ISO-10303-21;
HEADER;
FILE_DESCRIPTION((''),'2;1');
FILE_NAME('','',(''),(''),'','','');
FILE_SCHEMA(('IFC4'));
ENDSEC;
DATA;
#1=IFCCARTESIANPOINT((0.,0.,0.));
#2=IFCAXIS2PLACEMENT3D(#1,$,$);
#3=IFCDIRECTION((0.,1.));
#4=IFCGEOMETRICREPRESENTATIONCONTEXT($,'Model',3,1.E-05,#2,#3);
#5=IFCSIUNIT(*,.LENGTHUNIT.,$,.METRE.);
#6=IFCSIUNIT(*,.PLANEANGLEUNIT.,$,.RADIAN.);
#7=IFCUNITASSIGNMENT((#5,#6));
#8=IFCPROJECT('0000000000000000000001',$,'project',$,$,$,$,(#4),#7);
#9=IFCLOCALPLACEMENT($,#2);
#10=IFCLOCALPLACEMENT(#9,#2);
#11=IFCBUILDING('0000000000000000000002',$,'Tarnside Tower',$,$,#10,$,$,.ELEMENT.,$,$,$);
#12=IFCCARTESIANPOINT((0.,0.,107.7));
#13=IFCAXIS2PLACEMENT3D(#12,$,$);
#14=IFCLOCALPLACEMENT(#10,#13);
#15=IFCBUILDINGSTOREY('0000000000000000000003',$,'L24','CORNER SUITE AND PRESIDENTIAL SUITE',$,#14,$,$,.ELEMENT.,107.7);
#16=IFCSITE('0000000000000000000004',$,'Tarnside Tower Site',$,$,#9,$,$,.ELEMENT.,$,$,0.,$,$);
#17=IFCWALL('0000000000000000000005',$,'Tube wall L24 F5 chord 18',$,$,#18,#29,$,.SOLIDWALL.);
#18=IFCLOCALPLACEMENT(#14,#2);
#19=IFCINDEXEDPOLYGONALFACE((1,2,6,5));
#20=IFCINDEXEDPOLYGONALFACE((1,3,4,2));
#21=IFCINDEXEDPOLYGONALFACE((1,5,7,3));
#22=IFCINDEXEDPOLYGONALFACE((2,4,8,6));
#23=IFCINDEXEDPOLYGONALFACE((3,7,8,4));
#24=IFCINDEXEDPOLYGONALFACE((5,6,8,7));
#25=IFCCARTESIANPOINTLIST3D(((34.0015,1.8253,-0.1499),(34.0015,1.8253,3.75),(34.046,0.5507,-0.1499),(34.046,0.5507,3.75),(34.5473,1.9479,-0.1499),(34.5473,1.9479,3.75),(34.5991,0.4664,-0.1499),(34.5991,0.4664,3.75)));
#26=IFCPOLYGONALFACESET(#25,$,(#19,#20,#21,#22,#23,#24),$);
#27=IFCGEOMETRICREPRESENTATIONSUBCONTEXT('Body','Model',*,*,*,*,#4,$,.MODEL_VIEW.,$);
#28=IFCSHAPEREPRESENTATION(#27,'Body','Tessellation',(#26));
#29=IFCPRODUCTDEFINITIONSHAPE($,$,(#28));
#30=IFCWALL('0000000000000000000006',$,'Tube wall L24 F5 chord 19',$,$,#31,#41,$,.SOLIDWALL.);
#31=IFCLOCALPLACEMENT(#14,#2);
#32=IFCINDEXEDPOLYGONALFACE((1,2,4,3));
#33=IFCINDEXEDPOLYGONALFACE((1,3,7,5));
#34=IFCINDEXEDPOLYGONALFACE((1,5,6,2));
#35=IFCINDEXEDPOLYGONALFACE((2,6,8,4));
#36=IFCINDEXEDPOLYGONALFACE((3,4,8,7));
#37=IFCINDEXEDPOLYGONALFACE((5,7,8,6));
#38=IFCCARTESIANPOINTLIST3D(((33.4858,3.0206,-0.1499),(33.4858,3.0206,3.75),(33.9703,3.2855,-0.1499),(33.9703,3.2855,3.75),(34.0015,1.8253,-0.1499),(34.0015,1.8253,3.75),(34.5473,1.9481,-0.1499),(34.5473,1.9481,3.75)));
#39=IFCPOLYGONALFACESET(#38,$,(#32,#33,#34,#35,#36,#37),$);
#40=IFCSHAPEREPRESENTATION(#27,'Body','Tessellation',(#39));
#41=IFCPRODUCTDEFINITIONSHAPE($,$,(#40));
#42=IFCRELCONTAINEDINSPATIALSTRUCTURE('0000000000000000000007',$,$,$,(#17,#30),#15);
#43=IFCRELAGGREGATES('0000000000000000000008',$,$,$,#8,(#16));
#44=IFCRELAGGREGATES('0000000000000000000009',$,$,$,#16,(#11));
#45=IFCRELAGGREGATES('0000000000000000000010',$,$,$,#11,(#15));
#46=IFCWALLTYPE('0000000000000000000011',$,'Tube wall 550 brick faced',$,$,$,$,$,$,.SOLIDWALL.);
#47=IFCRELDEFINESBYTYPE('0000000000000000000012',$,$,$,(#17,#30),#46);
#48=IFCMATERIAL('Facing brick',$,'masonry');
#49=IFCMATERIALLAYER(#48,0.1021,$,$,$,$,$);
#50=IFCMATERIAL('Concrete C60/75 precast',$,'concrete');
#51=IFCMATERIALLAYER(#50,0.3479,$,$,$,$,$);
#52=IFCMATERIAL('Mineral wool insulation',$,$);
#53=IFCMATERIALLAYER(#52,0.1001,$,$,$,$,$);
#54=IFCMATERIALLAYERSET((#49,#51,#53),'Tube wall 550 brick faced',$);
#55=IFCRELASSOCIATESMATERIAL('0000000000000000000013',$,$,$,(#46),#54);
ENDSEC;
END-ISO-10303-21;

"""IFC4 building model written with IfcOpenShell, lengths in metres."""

from ifc_helpers import new_model, si_unit, direction, frame, origin, place, context, subcontext, project, spatial, polyline, outline, extrude, material, layer, layer_set, type_object, element, save


model = new_model("IFC4")

# Units and contexts
model_context = context("Model", 3, precision=1e-05, world=origin(), true_north=direction((0.0, 1.0)))
body_context = subcontext(model_context, "Body", "Model", "MODEL_VIEW")
ifc_project = project(units=[si_unit("LENGTHUNIT", "METRE"), si_unit("PLANEANGLEUNIT", "RADIAN")], contexts=[model_context])

# Site, building, storey
site_placement = place(None, origin())
site = spatial("IfcSite", under=ifc_project, at=site_placement, Name="Tarnside Tower Site", CompositionType="ELEMENT", RefElevation=0.0)
building_placement = place(site_placement, origin())
building = spatial("IfcBuilding", under=site, at=building_placement, Name="Tarnside Tower", CompositionType="ELEMENT")
storey_placement = place(building_placement, frame((0.0, 0.0, 107.7)))
storey = spatial("IfcBuildingStorey", under=building, at=storey_placement, Name="L24", Description="CORNER SUITE AND PRESIDENTIAL SUITE", CompositionType="ELEMENT", Elevation=107.7)

# Walls
ifc_material_1 = material(Name="Facing brick", Category="masonry")
ifc_layer_1 = layer(ifc_material_1, 0.1021)
ifc_material_2 = material(Name="Concrete C60/75 precast", Category="concrete")
ifc_layer_2 = layer(ifc_material_2, 0.3479)
ifc_material_3 = material(Name="Mineral wool insulation")
ifc_layer_3 = layer(ifc_material_3, 0.1001)
ifc_layer_set_1 = layer_set([ifc_layer_1, ifc_layer_2, ifc_layer_3], Name="Tube wall 550 brick faced")
wall_type_1 = type_object("IfcWallType", Name="Tube wall 550 brick faced", PredefinedType="SOLIDWALL", material=ifc_layer_set_1)
wall_1_placement = place(storey_placement, frame((34.3225, 0.5085, -0.1499), z_axis=(0.0, 0.0, 1.0), x_axis=(-0.034877, 0.999392, 0.0)))
element("IfcWall", 1, at=wall_1_placement, inside=storey, type_object=wall_type_1, Name="Tube wall L24 F5 chord 18", PredefinedType="SOLIDWALL", context=body_context, shape_type="SweptSolid", body=[
    extrude(outline(polyline([(-0.0518, -0.2749), (1.4307, -0.2749), (1.3271, 0.2749), (0.0518, 0.2749), (-0.0518, -0.2749)])), origin(), (0.0, 0.0, 1.0), 3.8999),
])
wall_2_placement = place(storey_placement, frame((34.2744, 1.8867, -0.1499), z_axis=(0.0, 0.0, 1.0), x_axis=(-0.396161, 0.918181, 0.0)))
element("IfcWall", 2, at=wall_2_placement, inside=storey, type_object=wall_type_1, Name="Tube wall L24 F5 chord 19", PredefinedType="SOLIDWALL", context=body_context, shape_type="SweptSolid", body=[
    extrude(outline(polyline([(-0.0518, -0.2749), (1.4048, -0.2749), (1.3535, 0.2749), (0.0518, 0.2749), (-0.0518, -0.2749)])), origin(), (0.0, 0.0, 1.0), 3.8999),
])

save(model, "model.ifc")
